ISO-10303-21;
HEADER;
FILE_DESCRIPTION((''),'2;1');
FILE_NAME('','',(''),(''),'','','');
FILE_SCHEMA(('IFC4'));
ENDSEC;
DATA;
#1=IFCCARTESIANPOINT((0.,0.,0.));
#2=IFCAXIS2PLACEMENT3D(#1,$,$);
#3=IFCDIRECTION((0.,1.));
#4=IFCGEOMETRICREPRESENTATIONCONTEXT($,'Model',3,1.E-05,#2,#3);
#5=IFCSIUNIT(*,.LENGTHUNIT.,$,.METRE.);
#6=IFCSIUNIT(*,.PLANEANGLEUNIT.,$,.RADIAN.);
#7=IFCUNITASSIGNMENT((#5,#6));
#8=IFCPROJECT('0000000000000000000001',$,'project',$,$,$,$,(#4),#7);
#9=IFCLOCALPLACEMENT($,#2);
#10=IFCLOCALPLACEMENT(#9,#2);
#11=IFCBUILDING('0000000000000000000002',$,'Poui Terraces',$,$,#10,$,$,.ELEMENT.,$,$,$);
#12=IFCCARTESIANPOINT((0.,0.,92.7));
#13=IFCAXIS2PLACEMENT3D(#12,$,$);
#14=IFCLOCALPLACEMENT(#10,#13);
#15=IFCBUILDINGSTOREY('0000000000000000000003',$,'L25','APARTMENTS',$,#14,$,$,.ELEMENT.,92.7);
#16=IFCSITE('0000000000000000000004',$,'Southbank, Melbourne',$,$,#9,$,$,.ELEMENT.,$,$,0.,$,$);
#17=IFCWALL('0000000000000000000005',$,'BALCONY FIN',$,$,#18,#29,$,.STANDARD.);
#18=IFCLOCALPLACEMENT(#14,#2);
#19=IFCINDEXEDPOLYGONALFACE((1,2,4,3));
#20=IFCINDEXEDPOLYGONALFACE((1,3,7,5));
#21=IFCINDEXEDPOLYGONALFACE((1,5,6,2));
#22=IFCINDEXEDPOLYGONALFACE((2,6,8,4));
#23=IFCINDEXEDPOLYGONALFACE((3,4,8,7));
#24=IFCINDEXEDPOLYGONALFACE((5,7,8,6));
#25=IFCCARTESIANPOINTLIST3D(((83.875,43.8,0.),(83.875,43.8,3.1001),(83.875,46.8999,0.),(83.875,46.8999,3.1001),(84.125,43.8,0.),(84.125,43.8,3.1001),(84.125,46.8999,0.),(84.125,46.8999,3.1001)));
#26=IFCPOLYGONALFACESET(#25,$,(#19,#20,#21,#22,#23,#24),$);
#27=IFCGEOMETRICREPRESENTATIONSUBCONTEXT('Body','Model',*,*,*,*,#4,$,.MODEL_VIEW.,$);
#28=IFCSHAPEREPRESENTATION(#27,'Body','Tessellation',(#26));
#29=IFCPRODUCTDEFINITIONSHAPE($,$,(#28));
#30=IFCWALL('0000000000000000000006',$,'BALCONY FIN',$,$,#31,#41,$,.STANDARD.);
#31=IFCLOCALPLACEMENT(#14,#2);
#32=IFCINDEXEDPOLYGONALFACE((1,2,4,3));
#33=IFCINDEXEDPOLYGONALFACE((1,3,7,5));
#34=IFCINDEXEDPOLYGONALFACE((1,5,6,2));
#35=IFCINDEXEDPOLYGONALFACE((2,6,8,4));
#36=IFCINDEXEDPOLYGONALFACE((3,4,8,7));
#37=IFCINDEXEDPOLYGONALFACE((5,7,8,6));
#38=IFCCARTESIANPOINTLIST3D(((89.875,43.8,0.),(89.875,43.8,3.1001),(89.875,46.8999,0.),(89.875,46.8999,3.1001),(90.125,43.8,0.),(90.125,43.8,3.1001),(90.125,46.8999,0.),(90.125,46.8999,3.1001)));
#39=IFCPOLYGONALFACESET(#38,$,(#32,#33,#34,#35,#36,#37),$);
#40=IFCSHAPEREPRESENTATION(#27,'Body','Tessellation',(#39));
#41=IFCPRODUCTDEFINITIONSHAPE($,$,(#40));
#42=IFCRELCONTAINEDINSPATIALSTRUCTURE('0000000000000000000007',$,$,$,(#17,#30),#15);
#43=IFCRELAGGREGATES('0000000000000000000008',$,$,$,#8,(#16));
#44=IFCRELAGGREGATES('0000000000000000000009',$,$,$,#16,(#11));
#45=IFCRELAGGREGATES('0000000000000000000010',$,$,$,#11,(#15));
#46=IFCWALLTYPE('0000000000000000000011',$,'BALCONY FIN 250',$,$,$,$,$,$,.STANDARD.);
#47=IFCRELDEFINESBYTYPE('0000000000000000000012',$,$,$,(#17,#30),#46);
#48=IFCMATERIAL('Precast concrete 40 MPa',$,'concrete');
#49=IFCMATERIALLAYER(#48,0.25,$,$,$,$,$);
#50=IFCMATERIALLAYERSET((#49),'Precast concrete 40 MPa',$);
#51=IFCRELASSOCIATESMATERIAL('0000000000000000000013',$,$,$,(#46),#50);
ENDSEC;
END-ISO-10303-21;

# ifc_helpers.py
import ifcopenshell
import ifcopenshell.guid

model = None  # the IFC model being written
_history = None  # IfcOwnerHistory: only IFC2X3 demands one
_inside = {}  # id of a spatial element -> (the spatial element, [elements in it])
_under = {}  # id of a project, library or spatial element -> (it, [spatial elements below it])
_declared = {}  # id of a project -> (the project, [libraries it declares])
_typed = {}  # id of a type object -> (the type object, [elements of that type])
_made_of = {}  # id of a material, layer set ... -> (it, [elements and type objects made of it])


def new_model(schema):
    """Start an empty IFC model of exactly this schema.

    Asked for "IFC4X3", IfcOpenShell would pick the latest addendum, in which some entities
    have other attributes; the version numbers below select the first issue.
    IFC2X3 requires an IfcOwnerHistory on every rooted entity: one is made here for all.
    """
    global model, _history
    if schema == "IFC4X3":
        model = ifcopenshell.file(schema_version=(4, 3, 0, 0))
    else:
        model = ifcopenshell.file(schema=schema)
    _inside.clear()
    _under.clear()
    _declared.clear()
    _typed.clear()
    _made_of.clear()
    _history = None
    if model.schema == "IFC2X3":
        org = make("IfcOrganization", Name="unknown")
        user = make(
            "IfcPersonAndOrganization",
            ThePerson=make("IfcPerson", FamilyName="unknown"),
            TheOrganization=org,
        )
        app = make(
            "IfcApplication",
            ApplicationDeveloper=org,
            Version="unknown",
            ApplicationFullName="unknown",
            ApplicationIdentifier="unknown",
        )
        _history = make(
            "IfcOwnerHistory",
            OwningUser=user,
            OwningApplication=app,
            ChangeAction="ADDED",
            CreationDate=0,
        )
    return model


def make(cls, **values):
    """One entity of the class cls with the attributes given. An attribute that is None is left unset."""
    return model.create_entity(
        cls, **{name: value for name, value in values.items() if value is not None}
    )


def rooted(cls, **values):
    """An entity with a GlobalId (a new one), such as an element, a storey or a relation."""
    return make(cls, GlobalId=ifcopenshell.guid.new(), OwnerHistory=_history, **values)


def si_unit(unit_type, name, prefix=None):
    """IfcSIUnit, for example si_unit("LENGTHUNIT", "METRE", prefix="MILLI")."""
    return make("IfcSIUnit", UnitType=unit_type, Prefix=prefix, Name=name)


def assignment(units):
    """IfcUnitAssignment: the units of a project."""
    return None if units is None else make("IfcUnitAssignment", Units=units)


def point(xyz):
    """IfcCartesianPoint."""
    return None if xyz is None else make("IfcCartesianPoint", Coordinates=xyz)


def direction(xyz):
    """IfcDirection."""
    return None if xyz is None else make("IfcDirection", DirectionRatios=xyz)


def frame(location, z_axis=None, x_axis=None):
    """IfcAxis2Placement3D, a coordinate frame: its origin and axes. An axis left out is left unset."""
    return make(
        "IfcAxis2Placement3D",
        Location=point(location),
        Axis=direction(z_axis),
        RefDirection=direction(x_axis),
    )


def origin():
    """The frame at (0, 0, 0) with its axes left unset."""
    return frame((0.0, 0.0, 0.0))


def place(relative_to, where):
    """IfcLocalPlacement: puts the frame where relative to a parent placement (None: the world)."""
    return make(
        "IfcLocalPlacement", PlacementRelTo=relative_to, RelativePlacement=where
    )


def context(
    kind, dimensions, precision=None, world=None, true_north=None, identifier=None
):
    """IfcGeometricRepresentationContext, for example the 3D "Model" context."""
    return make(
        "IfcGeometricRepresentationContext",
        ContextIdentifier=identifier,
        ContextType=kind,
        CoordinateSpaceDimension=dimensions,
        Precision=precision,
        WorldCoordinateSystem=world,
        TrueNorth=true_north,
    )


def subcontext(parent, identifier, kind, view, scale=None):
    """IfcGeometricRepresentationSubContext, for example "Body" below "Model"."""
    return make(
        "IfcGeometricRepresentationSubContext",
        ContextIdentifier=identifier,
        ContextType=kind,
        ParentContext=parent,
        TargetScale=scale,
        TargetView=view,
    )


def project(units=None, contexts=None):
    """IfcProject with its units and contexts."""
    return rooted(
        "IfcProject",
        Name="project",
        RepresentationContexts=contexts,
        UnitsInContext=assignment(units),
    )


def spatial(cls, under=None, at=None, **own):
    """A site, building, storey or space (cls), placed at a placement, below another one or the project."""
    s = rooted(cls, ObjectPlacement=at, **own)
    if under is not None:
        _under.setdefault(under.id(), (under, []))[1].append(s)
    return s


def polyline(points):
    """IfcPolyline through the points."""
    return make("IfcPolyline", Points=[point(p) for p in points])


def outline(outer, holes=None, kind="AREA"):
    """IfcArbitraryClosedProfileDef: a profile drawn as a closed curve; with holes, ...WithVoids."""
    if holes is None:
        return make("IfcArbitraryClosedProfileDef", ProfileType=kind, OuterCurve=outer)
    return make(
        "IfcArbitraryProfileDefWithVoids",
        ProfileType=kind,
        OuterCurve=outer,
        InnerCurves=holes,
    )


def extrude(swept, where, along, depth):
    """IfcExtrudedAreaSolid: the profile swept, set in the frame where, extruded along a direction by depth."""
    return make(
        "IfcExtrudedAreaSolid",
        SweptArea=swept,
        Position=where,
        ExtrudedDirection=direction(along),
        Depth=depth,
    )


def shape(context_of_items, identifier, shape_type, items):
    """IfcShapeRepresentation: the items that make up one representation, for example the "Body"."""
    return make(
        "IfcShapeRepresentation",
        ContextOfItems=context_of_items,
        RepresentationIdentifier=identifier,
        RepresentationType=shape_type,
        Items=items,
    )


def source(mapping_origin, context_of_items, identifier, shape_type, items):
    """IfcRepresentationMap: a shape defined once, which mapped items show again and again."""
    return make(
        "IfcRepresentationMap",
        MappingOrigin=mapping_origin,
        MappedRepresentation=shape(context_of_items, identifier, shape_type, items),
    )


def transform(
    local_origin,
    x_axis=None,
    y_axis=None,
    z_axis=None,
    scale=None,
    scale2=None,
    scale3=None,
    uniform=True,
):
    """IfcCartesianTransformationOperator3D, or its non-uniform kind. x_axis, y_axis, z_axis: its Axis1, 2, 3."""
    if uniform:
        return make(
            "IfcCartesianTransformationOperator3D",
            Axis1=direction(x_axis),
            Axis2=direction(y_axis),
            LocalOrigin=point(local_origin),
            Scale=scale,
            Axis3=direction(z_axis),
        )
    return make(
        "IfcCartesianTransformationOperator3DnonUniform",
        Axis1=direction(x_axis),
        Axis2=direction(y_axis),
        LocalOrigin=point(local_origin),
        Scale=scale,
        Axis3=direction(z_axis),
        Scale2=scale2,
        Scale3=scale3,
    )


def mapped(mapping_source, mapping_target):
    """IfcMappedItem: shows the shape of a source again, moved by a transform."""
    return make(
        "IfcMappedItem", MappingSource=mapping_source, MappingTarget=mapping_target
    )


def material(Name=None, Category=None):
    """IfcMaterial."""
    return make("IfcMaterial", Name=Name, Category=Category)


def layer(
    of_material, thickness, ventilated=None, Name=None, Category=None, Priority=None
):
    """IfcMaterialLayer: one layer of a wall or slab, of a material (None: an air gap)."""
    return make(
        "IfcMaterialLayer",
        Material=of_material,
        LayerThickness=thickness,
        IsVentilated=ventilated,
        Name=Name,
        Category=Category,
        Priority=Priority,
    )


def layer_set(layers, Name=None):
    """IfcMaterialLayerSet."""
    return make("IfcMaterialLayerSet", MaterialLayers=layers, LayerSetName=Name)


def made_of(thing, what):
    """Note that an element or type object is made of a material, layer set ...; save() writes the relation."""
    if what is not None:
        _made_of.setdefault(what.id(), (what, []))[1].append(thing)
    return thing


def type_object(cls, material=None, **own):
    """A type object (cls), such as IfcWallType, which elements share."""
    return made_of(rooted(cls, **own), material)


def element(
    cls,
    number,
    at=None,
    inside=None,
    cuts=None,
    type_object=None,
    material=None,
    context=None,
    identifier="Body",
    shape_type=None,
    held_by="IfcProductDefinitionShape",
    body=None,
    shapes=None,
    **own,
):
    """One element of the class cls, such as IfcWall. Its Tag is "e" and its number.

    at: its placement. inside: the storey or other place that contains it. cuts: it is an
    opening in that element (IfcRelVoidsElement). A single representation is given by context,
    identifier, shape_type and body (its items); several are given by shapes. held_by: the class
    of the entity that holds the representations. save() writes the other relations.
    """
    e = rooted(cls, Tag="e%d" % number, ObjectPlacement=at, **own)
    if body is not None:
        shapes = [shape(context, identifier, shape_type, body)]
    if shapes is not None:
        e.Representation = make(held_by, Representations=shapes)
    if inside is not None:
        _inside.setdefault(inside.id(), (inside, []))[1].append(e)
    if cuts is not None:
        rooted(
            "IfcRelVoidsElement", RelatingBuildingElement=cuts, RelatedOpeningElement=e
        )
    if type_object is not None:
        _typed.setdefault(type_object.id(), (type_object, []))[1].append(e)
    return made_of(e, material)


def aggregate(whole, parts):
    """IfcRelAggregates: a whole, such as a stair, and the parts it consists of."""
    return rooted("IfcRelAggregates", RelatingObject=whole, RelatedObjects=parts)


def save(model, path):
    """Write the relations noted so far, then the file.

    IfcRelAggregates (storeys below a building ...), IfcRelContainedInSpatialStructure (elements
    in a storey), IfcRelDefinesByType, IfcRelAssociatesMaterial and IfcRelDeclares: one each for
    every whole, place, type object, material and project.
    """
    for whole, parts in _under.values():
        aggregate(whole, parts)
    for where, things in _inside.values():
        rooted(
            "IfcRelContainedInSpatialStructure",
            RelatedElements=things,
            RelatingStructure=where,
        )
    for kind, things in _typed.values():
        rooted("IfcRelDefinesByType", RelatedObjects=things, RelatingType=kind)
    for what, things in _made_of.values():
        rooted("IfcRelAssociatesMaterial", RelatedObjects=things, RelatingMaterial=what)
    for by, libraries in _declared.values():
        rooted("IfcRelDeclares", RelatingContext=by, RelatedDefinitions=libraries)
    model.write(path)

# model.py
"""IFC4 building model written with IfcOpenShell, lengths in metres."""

from ifc_helpers import new_model, si_unit, direction, frame, origin, place, context, subcontext, project, spatial, polyline, outline, extrude, source, transform, mapped, material, layer, layer_set, type_object, element, save


model = new_model("IFC4")

# Units and contexts
model_context = context("Model", 3, precision=1e-05, world=origin(), true_north=direction((0.0, 1.0)))
body_context = subcontext(model_context, "Body", "Model", "MODEL_VIEW")
ifc_project = project(units=[si_unit("LENGTHUNIT", "METRE"), si_unit("PLANEANGLEUNIT", "RADIAN")], contexts=[model_context])

# Site, building, storey
site_placement = place(None, origin())
site = spatial("IfcSite", under=ifc_project, at=site_placement, Name="Southbank, Melbourne", CompositionType="ELEMENT", RefElevation=0.0)
building_placement = place(site_placement, origin())
building = spatial("IfcBuilding", under=site, at=building_placement, Name="Poui Terraces", CompositionType="ELEMENT")
storey_placement = place(building_placement, frame((0.0, 0.0, 92.7)))
storey = spatial("IfcBuildingStorey", under=building, at=storey_placement, Name="L25", Description="APARTMENTS", CompositionType="ELEMENT", Elevation=92.7)

# Walls
ifc_material_1 = material(Name="Precast concrete 40 MPa", Category="concrete")
ifc_layer_1 = layer(ifc_material_1, 0.25)
ifc_layer_set_1 = layer_set([ifc_layer_1], Name="Precast concrete 40 MPa")
wall_type_1 = type_object("IfcWallType", Name="BALCONY FIN 250", PredefinedType="STANDARD", material=ifc_layer_set_1)
shared_shape_1 = source(origin(), body_context, "Body", "SweptSolid", [
    extrude(outline(polyline([(0.0, 0.0), (0.25, 0.0), (0.25, 3.0999), (0.0, 3.0999), (0.0, 0.0)])), origin(), (0.0, 0.0, 1.0), 3.1001),
])
for number, where, name in (
    (1, (83.875, 43.8, 0.0), "BALCONY FIN"),
    (2, (89.875, 43.8, 0.0), "BALCONY FIN"),
):
    element("IfcWall", number, at=place(storey_placement, frame(where)), inside=storey, type_object=wall_type_1, Name=name, PredefinedType="STANDARD", context=body_context, shape_type="MappedRepresentation", body=[
        mapped(shared_shape_1, transform((0.0, 0.0, 0.0))),
    ])

save(model, "model.ifc")
